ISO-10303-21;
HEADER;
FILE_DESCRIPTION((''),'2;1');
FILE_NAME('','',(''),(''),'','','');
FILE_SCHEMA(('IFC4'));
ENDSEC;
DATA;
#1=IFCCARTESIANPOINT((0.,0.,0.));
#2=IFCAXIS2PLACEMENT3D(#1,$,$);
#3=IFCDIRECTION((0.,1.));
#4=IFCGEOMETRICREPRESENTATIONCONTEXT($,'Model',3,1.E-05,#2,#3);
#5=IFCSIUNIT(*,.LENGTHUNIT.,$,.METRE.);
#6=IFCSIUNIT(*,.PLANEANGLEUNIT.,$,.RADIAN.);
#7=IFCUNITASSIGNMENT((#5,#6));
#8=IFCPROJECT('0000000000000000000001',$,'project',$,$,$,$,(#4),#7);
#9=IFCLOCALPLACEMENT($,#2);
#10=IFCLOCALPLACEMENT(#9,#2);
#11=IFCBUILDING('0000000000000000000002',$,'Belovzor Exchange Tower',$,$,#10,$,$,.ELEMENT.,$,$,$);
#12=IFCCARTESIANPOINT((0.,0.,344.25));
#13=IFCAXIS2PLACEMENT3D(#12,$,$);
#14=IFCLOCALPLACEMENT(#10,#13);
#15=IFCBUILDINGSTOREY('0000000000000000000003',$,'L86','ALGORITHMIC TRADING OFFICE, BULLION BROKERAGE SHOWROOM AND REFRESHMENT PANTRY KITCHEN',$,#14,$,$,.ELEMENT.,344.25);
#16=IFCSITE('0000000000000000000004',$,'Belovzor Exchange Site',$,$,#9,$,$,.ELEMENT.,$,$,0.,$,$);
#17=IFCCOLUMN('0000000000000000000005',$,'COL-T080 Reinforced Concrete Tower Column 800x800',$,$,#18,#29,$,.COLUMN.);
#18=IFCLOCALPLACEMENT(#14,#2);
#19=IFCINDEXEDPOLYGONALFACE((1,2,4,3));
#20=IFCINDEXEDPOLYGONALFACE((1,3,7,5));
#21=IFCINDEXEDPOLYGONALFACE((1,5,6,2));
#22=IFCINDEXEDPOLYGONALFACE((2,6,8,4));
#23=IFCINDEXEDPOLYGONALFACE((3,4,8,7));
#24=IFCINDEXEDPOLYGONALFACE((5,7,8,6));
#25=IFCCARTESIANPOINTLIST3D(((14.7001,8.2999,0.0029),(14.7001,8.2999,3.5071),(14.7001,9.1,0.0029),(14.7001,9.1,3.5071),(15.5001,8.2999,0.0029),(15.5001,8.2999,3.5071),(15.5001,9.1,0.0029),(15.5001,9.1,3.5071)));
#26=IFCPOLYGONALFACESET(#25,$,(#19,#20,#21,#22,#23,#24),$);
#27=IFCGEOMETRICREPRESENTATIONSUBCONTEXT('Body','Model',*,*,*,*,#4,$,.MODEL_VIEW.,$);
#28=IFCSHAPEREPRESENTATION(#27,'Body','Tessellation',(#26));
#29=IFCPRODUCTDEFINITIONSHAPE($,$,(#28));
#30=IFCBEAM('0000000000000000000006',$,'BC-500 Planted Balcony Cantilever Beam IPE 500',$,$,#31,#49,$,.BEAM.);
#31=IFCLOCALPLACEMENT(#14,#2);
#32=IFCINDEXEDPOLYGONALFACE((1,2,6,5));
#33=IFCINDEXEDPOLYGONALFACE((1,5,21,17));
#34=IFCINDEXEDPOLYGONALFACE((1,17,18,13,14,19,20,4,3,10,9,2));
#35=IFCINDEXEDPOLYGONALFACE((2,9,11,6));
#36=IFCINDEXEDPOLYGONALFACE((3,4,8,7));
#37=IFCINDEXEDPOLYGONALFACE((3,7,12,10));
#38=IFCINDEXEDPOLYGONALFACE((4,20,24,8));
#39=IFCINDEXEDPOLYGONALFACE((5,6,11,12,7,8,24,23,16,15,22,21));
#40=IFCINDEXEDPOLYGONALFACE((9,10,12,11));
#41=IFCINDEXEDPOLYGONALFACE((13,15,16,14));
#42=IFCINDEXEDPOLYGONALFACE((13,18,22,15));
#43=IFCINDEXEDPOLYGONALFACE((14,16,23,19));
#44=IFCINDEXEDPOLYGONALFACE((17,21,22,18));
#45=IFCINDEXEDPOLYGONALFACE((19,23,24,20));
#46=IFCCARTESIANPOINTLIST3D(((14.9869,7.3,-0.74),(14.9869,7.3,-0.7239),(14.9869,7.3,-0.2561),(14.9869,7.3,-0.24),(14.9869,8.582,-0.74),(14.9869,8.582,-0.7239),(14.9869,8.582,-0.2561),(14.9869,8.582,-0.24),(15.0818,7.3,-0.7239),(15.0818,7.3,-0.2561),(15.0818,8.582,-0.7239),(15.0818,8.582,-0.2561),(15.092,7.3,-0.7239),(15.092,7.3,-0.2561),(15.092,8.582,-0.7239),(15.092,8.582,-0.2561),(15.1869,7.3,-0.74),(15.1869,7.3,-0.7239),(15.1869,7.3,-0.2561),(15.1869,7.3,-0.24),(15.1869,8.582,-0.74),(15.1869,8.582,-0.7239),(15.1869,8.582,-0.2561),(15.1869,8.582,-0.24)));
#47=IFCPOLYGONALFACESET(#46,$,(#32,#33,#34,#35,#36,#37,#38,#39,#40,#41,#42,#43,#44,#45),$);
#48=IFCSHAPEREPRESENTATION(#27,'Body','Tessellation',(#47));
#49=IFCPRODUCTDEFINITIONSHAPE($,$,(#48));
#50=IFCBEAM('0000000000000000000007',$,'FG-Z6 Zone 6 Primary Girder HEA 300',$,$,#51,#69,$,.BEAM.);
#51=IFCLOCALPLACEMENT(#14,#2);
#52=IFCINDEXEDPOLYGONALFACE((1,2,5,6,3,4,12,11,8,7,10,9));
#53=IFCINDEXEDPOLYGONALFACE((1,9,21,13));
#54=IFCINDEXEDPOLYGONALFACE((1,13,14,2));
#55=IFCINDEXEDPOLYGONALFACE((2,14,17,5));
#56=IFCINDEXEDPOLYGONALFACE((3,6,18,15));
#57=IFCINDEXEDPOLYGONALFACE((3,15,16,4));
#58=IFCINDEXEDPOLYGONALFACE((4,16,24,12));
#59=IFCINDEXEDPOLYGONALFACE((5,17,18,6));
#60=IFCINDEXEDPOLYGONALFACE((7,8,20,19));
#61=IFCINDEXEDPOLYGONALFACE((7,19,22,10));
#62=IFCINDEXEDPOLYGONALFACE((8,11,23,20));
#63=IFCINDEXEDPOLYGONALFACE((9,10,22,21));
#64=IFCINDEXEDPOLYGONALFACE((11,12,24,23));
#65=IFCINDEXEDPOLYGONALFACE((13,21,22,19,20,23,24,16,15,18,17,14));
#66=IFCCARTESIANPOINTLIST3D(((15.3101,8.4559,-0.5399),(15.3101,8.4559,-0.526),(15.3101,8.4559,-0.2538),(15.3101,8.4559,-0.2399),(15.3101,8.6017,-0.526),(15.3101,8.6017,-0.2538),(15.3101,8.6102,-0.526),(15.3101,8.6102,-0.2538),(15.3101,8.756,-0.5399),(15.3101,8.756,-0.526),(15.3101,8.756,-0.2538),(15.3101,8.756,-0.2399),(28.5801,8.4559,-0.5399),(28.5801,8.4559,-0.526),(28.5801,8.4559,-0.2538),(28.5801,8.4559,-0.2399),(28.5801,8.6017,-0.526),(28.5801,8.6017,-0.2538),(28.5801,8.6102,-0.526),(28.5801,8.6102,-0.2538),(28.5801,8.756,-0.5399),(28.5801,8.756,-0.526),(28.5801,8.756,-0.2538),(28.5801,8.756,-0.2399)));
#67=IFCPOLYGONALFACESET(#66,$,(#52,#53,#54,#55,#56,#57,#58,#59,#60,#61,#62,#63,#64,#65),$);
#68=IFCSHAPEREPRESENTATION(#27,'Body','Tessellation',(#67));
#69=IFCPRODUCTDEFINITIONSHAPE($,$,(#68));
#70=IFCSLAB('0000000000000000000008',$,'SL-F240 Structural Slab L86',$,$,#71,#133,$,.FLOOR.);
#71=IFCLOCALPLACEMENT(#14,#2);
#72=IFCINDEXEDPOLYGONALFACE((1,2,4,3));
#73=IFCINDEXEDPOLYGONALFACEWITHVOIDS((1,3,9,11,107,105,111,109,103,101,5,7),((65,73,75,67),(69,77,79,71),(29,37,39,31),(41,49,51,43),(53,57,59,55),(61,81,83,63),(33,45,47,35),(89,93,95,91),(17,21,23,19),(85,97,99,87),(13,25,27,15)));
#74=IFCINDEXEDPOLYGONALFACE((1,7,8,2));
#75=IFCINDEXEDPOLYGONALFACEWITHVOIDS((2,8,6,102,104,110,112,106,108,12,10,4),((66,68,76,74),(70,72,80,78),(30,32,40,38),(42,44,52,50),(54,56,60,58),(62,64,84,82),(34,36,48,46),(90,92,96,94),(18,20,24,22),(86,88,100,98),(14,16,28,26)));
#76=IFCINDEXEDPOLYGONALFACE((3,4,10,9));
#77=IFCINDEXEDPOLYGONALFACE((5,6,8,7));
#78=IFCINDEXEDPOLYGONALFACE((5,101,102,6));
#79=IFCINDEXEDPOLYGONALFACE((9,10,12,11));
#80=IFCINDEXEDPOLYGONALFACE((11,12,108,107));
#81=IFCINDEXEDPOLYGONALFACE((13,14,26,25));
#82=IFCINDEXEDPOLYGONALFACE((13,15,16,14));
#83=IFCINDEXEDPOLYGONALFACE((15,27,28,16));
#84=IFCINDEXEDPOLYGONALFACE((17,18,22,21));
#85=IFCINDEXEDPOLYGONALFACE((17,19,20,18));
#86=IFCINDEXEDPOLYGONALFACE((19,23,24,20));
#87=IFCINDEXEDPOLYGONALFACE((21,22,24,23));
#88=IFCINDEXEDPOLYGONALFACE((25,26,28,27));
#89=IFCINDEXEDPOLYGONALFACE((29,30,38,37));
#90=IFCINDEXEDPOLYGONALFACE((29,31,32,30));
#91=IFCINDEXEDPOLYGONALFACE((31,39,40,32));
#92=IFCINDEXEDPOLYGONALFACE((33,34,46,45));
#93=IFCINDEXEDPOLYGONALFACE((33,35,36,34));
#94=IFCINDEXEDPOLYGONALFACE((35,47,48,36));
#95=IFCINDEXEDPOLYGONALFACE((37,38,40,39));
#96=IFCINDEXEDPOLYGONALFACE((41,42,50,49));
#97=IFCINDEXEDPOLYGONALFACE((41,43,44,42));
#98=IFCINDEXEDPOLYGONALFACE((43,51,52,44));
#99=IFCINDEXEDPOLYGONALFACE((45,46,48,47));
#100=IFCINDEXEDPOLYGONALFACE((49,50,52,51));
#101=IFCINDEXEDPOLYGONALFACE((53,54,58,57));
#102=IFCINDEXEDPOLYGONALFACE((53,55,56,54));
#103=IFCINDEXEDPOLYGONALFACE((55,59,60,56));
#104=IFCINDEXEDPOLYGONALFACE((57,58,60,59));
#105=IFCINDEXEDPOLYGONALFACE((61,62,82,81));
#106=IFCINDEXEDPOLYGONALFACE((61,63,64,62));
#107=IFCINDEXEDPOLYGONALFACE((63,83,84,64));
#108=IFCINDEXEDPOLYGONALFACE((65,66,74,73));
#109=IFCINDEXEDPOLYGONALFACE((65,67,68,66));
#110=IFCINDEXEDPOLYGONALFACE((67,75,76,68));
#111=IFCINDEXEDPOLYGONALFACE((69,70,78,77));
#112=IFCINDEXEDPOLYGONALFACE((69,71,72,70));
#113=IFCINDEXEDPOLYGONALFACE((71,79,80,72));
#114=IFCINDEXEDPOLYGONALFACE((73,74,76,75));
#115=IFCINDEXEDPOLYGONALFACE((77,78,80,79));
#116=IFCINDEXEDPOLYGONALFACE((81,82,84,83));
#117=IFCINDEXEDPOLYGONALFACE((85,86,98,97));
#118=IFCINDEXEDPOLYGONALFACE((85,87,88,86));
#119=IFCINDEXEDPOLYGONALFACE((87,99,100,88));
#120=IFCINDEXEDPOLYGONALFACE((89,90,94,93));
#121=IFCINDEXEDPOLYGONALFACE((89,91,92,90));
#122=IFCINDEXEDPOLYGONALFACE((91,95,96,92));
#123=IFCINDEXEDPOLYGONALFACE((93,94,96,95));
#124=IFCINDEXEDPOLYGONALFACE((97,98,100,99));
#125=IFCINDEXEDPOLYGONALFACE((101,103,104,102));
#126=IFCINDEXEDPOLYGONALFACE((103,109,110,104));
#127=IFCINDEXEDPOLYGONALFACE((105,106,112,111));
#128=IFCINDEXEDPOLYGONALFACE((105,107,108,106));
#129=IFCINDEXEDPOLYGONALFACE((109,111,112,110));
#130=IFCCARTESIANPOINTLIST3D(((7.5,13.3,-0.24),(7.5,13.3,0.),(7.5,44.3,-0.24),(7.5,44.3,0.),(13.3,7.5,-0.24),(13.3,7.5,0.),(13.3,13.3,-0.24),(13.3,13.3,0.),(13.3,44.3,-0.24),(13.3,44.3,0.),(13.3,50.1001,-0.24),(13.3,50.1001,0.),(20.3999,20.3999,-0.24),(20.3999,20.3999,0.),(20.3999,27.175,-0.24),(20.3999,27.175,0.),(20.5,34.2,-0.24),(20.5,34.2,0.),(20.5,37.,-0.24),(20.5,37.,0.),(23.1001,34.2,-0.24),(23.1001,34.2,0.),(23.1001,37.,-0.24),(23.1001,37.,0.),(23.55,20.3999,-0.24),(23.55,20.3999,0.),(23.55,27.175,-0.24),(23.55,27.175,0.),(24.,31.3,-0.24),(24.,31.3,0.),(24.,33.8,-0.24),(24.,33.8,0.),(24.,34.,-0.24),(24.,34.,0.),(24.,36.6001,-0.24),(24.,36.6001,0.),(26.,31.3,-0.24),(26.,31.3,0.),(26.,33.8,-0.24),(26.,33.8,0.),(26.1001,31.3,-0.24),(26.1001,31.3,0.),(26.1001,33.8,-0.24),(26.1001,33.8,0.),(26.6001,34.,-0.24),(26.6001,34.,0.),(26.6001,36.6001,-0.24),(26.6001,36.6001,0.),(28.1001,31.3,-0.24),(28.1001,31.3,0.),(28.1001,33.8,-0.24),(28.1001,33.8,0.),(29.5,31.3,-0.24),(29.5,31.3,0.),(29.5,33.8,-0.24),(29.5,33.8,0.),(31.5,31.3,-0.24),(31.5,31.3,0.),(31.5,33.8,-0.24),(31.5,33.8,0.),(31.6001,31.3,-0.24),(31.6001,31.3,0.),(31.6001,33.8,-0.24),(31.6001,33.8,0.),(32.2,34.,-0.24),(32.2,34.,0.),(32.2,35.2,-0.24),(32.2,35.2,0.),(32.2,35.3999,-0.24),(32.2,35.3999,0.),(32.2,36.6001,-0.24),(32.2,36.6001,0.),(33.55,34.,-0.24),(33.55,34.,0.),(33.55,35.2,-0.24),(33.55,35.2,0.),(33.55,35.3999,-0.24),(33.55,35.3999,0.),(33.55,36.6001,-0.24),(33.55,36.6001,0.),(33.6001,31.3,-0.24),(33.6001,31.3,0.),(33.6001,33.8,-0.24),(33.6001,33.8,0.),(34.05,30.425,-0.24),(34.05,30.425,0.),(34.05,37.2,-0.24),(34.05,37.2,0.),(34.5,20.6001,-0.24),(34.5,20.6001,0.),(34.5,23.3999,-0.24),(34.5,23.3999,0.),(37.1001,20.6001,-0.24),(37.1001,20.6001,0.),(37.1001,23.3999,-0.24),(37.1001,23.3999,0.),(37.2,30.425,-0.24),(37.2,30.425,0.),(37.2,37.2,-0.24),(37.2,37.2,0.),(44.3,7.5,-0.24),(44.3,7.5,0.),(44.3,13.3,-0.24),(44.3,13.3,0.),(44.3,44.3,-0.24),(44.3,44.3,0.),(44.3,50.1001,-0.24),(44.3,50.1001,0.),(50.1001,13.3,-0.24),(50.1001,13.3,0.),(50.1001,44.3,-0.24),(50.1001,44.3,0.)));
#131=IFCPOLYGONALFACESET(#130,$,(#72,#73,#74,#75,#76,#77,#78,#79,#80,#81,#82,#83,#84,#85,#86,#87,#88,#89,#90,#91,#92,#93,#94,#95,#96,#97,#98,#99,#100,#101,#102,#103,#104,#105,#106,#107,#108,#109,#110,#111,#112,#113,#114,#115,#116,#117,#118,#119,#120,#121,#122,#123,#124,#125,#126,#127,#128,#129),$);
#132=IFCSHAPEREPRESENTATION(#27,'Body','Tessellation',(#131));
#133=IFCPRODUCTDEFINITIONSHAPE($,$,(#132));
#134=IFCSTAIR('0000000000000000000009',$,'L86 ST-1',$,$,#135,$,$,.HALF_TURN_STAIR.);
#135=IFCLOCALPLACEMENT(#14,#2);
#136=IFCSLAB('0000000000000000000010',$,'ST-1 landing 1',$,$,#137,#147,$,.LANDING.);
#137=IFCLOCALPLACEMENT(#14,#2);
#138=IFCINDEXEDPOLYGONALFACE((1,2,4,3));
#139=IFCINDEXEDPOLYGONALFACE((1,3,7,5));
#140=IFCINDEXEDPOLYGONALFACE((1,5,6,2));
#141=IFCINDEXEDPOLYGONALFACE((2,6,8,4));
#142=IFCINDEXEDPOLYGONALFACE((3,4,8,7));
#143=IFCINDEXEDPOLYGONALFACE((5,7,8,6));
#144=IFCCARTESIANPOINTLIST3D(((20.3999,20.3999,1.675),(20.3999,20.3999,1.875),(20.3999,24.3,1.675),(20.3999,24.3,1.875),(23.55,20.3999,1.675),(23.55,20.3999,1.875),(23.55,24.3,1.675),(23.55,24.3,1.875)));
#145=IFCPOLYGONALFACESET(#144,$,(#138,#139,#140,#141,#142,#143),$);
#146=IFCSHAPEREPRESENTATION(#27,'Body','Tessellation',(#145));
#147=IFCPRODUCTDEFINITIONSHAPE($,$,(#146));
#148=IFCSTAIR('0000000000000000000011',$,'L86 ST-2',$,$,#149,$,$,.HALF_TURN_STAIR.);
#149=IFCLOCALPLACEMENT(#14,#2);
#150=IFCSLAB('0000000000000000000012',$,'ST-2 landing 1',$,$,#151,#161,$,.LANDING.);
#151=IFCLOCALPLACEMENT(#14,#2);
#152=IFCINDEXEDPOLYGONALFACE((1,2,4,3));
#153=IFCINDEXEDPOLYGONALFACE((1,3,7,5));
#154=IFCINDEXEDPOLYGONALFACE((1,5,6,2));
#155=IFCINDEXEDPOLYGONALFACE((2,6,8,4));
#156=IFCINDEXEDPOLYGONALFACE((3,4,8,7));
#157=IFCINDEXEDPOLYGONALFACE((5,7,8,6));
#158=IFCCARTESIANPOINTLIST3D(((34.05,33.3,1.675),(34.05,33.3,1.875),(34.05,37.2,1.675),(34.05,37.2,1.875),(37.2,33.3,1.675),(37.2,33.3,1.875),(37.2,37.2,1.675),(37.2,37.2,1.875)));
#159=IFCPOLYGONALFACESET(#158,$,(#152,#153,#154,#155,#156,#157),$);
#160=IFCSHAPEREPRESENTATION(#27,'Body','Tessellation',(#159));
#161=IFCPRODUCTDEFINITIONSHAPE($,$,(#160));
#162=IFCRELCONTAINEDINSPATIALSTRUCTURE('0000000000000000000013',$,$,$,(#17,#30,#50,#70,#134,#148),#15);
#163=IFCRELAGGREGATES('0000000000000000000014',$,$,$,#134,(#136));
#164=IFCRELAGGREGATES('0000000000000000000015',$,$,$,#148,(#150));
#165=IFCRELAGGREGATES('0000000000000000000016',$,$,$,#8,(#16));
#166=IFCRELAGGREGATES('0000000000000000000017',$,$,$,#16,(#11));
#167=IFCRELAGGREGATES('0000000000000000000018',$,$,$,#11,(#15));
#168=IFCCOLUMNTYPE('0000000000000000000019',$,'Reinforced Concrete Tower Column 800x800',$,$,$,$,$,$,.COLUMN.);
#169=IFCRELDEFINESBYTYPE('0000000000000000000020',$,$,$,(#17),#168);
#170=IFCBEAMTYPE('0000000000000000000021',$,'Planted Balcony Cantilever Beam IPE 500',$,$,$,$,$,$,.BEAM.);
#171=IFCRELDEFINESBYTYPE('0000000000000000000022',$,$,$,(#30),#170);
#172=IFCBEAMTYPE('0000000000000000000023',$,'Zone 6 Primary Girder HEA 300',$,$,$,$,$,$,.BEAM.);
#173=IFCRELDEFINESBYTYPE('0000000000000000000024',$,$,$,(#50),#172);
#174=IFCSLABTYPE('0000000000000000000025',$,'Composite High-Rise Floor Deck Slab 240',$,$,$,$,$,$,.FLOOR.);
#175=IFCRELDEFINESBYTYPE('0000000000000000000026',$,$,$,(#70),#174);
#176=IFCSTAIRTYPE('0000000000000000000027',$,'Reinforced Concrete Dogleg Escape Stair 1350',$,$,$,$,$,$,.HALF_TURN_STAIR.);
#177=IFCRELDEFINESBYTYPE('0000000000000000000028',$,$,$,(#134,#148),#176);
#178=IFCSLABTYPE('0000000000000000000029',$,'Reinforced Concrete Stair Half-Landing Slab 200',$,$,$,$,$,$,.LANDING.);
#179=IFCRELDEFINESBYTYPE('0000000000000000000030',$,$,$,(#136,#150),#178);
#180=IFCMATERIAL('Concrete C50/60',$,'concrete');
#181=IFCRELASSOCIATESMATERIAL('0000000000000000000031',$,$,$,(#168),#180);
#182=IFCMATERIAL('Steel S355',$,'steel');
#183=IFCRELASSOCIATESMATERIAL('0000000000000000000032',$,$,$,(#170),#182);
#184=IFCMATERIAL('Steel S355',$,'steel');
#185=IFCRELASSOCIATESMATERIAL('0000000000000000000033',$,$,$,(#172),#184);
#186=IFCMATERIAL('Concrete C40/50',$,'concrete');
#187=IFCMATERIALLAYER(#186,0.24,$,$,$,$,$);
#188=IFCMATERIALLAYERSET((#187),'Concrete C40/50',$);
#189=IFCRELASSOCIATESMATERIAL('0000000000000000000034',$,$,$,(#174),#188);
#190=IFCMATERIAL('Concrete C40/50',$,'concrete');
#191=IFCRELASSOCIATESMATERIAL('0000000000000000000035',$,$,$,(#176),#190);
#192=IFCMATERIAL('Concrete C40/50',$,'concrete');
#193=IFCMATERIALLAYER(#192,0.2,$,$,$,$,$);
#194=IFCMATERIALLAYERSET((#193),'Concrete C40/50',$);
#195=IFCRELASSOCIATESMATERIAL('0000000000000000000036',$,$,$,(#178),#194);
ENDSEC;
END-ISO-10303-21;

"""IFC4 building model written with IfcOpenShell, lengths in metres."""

from ifc_helpers import new_model, si_unit, direction, frame, origin, origin_2d, place, context, subcontext, project, spatial, polyline, rectangle, i_section, outline, extrude, material, layer, layer_set, material_profile, profile_set, type_object, element, aggregate, save


model = new_model("IFC4")

# Units and contexts
model_context = context("Model", 3, precision=1e-05, world=origin(), true_north=direction((0.0, 1.0)))
body_context = subcontext(model_context, "Body", "Model", "MODEL_VIEW")
ifc_project = project(units=[si_unit("LENGTHUNIT", "METRE"), si_unit("PLANEANGLEUNIT", "RADIAN")], contexts=[model_context])

# Site, building, storey
site_placement = place(None, origin())
site = spatial("IfcSite", under=ifc_project, at=site_placement, Name="Belovzor Exchange Site", CompositionType="ELEMENT", RefElevation=0.0)
building_placement = place(site_placement, origin())
building = spatial("IfcBuilding", under=site, at=building_placement, Name="Belovzor Exchange Tower", CompositionType="ELEMENT")
storey_placement = place(building_placement, frame((0.0, 0.0, 344.25)))
storey = spatial("IfcBuildingStorey", under=building, at=storey_placement, Name="L86", Description="ALGORITHMIC TRADING OFFICE, BULLION BROKERAGE SHOWROOM AND REFRESHMENT PANTRY KITCHEN", CompositionType="ELEMENT", Elevation=344.25)

# Column
ifc_material_1 = material(Name="Concrete C50/60", Category="concrete")
ifc_material_profile_1 = material_profile(ifc_material_1, rectangle(XDim=0.8, YDim=0.8, at=origin_2d()))
ifc_profile_set_1 = profile_set([ifc_material_profile_1], Name="Concrete C50/60")
column_type = type_object("IfcColumnType", Name="Reinforced Concrete Tower Column 800x800", PredefinedType="COLUMN", material=ifc_profile_set_1)
column_placement = place(storey_placement, frame((15.1001, 8.7, 0.0029), z_axis=(0.0, 0.0, 1.0), x_axis=(1.0, 0.0, 0.0)))
element("IfcColumn", 1, at=column_placement, inside=storey, type_object=column_type, Name="COL-T080 Reinforced Concrete Tower Column 800x800", PredefinedType="COLUMN", context=body_context, shape_type="SweptSolid", body=[
    extrude(rectangle(XDim=0.8, YDim=0.8, at=origin_2d()), origin(), (0.0, 0.0, 1.0), 3.5042),
])

# Beams
ifc_material_2 = material(Name="Steel S355", Category="steel")
ifc_material_profile_2 = material_profile(ifc_material_2, i_section(OverallWidth=0.2, OverallDepth=0.5, WebThickness=0.0103, FlangeThickness=0.0161, at=origin_2d()))
ifc_profile_set_2 = profile_set([ifc_material_profile_2], Name="Steel S355")
beam_type_1 = type_object("IfcBeamType", Name="Planted Balcony Cantilever Beam IPE 500", PredefinedType="BEAM", material=ifc_profile_set_2)
beam_1_placement = place(storey_placement, frame((15.0869, 8.582, -0.49), z_axis=(0.0, -1.0, 0.0), x_axis=(1.0, 0.0, 0.0)))
element("IfcBeam", 2, at=beam_1_placement, inside=storey, type_object=beam_type_1, Name="BC-500 Planted Balcony Cantilever Beam IPE 500", PredefinedType="BEAM", context=body_context, shape_type="SweptSolid", body=[
    extrude(i_section(OverallWidth=0.2, OverallDepth=0.5, WebThickness=0.0103, FlangeThickness=0.0161, at=origin_2d()), origin(), (0.0, 0.0, 1.0), 1.282),
])
ifc_material_3 = material(Name="Steel S355", Category="steel")
ifc_material_profile_3 = material_profile(ifc_material_3, i_section(OverallWidth=0.3, OverallDepth=0.3, WebThickness=0.0085, FlangeThickness=0.0139, at=origin_2d()))
ifc_profile_set_3 = profile_set([ifc_material_profile_3], Name="Steel S355")
beam_type_2 = type_object("IfcBeamType", Name="Zone 6 Primary Girder HEA 300", PredefinedType="BEAM", material=ifc_profile_set_3)
beam_2_placement = place(storey_placement, frame((15.3101, 8.606, -0.3899), z_axis=(1.0, 0.0, 0.0), x_axis=(0.0, 1.0, 0.0)))
element("IfcBeam", 3, at=beam_2_placement, inside=storey, type_object=beam_type_2, Name="FG-Z6 Zone 6 Primary Girder HEA 300", PredefinedType="BEAM", context=body_context, shape_type="SweptSolid", body=[
    extrude(i_section(OverallWidth=0.3, OverallDepth=0.3, WebThickness=0.0085, FlangeThickness=0.0139, at=origin_2d()), origin(), (0.0, 0.0, 1.0), 13.27),
])

# Slab
ifc_material_4 = material(Name="Concrete C40/50", Category="concrete")
ifc_layer_1 = layer(ifc_material_4, 0.24)
ifc_layer_set_1 = layer_set([ifc_layer_1], Name="Concrete C40/50")
slab_type_1 = type_object("IfcSlabType", Name="Composite High-Rise Floor Deck Slab 240", PredefinedType="FLOOR", material=ifc_layer_set_1)
slab_1_placement = place(storey_placement, frame((0.0, 0.0, -0.24)))
element("IfcSlab", 4, at=slab_1_placement, inside=storey, type_object=slab_type_1, Name="SL-F240 Structural Slab L86", PredefinedType="FLOOR", context=body_context, shape_type="SweptSolid", body=[
    extrude(outline(polyline([(13.3, 7.5), (44.3, 7.5), (44.3, 13.3), (50.1001, 13.3), (50.1001, 44.3), (44.3, 44.3), (44.3, 50.1001), (13.3, 50.1001), (13.3, 44.3), (7.5, 44.3), (7.5, 13.3), (13.3, 13.3), (13.3, 7.5)]), holes=[polyline([(20.3999, 27.175), (20.3999, 20.3999), (23.55, 20.3999), (23.55, 27.175), (20.3999, 27.175)]), polyline([(37.2, 30.425), (37.2, 37.2), (34.05, 37.2), (34.05, 30.425), (37.2, 30.425)]), polyline([(20.5, 34.2), (23.1001, 34.2), (23.1001, 37.0), (20.5, 37.0), (20.5, 34.2)]), polyline([(34.5, 20.6001), (37.1001, 20.6001), (37.1001, 23.3999), (34.5, 23.3999), (34.5, 20.6001)]), polyline([(24.0, 34.0), (26.6001, 34.0), (26.6001, 36.6001), (24.0, 36.6001), (24.0, 34.0)]), polyline([(24.0, 31.3), (26.0, 31.3), (26.0, 33.8), (24.0, 33.8), (24.0, 31.3)]), polyline([(26.1001, 31.3), (28.1001, 31.3), (28.1001, 33.8), (26.1001, 33.8), (26.1001, 31.3)]), polyline([(29.5, 31.3), (31.5, 31.3), (31.5, 33.8), (29.5, 33.8), (29.5, 31.3)]), polyline([(31.6001, 31.3), (33.6001, 31.3), (33.6001, 33.8), (31.6001, 33.8), (31.6001, 31.3)]), polyline([(32.2, 34.0), (33.55, 34.0), (33.55, 35.2), (32.2, 35.2), (32.2, 34.0)]), polyline([(32.2, 35.3999), (33.55, 35.3999), (33.55, 36.6001), (32.2, 36.6001), (32.2, 35.3999)])]), origin(), (0.0, 0.0, 1.0), 0.24),
])

# Stairs, slabs
ifc_material_5 = material(Name="Concrete C40/50", Category="concrete")
stair_type = type_object("IfcStairType", Name="Reinforced Concrete Dogleg Escape Stair 1350", PredefinedType="HALF_TURN_STAIR", material=ifc_material_5)
stair_1_placement = place(storey_placement, origin())
stair_1 = element("IfcStair", 5, at=stair_1_placement, inside=storey, type_object=stair_type, Name="L86 ST-1", PredefinedType="HALF_TURN_STAIR")
ifc_material_6 = material(Name="Concrete C40/50", Category="concrete")
ifc_layer_2 = layer(ifc_material_6, 0.2)
ifc_layer_set_2 = layer_set([ifc_layer_2], Name="Concrete C40/50")
slab_type_2 = type_object("IfcSlabType", Name="Reinforced Concrete Stair Half-Landing Slab 200", PredefinedType="LANDING", material=ifc_layer_set_2)
slab_2_placement = place(storey_placement, frame((0.0, 0.0, 1.675)))
slab_2 = element("IfcSlab", 6, at=slab_2_placement, type_object=slab_type_2, Name="ST-1 landing 1", PredefinedType="LANDING", context=body_context, shape_type="SweptSolid", body=[
    extrude(outline(polyline([(20.3999, 24.3), (20.3999, 20.3999), (23.55, 20.3999), (23.55, 24.3), (20.3999, 24.3)])), origin(), (0.0, 0.0, 1.0), 0.2),
])
aggregate(stair_1, [slab_2])
stair_2_placement = place(storey_placement, origin())
stair_2 = element("IfcStair", 7, at=stair_2_placement, inside=storey, type_object=stair_type, Name="L86 ST-2", PredefinedType="HALF_TURN_STAIR")
slab_3_placement = place(storey_placement, frame((0.0, 0.0, 1.675)))
slab_3 = element("IfcSlab", 8, at=slab_3_placement, type_object=slab_type_2, Name="ST-2 landing 1", PredefinedType="LANDING", context=body_context, shape_type="SweptSolid", body=[
    extrude(outline(polyline([(37.2, 33.3), (37.2, 37.2), (34.05, 37.2), (34.05, 33.3), (37.2, 33.3)])), origin(), (0.0, 0.0, 1.0), 0.2),
])
aggregate(stair_2, [slab_3])

save(model, "model.ifc")
